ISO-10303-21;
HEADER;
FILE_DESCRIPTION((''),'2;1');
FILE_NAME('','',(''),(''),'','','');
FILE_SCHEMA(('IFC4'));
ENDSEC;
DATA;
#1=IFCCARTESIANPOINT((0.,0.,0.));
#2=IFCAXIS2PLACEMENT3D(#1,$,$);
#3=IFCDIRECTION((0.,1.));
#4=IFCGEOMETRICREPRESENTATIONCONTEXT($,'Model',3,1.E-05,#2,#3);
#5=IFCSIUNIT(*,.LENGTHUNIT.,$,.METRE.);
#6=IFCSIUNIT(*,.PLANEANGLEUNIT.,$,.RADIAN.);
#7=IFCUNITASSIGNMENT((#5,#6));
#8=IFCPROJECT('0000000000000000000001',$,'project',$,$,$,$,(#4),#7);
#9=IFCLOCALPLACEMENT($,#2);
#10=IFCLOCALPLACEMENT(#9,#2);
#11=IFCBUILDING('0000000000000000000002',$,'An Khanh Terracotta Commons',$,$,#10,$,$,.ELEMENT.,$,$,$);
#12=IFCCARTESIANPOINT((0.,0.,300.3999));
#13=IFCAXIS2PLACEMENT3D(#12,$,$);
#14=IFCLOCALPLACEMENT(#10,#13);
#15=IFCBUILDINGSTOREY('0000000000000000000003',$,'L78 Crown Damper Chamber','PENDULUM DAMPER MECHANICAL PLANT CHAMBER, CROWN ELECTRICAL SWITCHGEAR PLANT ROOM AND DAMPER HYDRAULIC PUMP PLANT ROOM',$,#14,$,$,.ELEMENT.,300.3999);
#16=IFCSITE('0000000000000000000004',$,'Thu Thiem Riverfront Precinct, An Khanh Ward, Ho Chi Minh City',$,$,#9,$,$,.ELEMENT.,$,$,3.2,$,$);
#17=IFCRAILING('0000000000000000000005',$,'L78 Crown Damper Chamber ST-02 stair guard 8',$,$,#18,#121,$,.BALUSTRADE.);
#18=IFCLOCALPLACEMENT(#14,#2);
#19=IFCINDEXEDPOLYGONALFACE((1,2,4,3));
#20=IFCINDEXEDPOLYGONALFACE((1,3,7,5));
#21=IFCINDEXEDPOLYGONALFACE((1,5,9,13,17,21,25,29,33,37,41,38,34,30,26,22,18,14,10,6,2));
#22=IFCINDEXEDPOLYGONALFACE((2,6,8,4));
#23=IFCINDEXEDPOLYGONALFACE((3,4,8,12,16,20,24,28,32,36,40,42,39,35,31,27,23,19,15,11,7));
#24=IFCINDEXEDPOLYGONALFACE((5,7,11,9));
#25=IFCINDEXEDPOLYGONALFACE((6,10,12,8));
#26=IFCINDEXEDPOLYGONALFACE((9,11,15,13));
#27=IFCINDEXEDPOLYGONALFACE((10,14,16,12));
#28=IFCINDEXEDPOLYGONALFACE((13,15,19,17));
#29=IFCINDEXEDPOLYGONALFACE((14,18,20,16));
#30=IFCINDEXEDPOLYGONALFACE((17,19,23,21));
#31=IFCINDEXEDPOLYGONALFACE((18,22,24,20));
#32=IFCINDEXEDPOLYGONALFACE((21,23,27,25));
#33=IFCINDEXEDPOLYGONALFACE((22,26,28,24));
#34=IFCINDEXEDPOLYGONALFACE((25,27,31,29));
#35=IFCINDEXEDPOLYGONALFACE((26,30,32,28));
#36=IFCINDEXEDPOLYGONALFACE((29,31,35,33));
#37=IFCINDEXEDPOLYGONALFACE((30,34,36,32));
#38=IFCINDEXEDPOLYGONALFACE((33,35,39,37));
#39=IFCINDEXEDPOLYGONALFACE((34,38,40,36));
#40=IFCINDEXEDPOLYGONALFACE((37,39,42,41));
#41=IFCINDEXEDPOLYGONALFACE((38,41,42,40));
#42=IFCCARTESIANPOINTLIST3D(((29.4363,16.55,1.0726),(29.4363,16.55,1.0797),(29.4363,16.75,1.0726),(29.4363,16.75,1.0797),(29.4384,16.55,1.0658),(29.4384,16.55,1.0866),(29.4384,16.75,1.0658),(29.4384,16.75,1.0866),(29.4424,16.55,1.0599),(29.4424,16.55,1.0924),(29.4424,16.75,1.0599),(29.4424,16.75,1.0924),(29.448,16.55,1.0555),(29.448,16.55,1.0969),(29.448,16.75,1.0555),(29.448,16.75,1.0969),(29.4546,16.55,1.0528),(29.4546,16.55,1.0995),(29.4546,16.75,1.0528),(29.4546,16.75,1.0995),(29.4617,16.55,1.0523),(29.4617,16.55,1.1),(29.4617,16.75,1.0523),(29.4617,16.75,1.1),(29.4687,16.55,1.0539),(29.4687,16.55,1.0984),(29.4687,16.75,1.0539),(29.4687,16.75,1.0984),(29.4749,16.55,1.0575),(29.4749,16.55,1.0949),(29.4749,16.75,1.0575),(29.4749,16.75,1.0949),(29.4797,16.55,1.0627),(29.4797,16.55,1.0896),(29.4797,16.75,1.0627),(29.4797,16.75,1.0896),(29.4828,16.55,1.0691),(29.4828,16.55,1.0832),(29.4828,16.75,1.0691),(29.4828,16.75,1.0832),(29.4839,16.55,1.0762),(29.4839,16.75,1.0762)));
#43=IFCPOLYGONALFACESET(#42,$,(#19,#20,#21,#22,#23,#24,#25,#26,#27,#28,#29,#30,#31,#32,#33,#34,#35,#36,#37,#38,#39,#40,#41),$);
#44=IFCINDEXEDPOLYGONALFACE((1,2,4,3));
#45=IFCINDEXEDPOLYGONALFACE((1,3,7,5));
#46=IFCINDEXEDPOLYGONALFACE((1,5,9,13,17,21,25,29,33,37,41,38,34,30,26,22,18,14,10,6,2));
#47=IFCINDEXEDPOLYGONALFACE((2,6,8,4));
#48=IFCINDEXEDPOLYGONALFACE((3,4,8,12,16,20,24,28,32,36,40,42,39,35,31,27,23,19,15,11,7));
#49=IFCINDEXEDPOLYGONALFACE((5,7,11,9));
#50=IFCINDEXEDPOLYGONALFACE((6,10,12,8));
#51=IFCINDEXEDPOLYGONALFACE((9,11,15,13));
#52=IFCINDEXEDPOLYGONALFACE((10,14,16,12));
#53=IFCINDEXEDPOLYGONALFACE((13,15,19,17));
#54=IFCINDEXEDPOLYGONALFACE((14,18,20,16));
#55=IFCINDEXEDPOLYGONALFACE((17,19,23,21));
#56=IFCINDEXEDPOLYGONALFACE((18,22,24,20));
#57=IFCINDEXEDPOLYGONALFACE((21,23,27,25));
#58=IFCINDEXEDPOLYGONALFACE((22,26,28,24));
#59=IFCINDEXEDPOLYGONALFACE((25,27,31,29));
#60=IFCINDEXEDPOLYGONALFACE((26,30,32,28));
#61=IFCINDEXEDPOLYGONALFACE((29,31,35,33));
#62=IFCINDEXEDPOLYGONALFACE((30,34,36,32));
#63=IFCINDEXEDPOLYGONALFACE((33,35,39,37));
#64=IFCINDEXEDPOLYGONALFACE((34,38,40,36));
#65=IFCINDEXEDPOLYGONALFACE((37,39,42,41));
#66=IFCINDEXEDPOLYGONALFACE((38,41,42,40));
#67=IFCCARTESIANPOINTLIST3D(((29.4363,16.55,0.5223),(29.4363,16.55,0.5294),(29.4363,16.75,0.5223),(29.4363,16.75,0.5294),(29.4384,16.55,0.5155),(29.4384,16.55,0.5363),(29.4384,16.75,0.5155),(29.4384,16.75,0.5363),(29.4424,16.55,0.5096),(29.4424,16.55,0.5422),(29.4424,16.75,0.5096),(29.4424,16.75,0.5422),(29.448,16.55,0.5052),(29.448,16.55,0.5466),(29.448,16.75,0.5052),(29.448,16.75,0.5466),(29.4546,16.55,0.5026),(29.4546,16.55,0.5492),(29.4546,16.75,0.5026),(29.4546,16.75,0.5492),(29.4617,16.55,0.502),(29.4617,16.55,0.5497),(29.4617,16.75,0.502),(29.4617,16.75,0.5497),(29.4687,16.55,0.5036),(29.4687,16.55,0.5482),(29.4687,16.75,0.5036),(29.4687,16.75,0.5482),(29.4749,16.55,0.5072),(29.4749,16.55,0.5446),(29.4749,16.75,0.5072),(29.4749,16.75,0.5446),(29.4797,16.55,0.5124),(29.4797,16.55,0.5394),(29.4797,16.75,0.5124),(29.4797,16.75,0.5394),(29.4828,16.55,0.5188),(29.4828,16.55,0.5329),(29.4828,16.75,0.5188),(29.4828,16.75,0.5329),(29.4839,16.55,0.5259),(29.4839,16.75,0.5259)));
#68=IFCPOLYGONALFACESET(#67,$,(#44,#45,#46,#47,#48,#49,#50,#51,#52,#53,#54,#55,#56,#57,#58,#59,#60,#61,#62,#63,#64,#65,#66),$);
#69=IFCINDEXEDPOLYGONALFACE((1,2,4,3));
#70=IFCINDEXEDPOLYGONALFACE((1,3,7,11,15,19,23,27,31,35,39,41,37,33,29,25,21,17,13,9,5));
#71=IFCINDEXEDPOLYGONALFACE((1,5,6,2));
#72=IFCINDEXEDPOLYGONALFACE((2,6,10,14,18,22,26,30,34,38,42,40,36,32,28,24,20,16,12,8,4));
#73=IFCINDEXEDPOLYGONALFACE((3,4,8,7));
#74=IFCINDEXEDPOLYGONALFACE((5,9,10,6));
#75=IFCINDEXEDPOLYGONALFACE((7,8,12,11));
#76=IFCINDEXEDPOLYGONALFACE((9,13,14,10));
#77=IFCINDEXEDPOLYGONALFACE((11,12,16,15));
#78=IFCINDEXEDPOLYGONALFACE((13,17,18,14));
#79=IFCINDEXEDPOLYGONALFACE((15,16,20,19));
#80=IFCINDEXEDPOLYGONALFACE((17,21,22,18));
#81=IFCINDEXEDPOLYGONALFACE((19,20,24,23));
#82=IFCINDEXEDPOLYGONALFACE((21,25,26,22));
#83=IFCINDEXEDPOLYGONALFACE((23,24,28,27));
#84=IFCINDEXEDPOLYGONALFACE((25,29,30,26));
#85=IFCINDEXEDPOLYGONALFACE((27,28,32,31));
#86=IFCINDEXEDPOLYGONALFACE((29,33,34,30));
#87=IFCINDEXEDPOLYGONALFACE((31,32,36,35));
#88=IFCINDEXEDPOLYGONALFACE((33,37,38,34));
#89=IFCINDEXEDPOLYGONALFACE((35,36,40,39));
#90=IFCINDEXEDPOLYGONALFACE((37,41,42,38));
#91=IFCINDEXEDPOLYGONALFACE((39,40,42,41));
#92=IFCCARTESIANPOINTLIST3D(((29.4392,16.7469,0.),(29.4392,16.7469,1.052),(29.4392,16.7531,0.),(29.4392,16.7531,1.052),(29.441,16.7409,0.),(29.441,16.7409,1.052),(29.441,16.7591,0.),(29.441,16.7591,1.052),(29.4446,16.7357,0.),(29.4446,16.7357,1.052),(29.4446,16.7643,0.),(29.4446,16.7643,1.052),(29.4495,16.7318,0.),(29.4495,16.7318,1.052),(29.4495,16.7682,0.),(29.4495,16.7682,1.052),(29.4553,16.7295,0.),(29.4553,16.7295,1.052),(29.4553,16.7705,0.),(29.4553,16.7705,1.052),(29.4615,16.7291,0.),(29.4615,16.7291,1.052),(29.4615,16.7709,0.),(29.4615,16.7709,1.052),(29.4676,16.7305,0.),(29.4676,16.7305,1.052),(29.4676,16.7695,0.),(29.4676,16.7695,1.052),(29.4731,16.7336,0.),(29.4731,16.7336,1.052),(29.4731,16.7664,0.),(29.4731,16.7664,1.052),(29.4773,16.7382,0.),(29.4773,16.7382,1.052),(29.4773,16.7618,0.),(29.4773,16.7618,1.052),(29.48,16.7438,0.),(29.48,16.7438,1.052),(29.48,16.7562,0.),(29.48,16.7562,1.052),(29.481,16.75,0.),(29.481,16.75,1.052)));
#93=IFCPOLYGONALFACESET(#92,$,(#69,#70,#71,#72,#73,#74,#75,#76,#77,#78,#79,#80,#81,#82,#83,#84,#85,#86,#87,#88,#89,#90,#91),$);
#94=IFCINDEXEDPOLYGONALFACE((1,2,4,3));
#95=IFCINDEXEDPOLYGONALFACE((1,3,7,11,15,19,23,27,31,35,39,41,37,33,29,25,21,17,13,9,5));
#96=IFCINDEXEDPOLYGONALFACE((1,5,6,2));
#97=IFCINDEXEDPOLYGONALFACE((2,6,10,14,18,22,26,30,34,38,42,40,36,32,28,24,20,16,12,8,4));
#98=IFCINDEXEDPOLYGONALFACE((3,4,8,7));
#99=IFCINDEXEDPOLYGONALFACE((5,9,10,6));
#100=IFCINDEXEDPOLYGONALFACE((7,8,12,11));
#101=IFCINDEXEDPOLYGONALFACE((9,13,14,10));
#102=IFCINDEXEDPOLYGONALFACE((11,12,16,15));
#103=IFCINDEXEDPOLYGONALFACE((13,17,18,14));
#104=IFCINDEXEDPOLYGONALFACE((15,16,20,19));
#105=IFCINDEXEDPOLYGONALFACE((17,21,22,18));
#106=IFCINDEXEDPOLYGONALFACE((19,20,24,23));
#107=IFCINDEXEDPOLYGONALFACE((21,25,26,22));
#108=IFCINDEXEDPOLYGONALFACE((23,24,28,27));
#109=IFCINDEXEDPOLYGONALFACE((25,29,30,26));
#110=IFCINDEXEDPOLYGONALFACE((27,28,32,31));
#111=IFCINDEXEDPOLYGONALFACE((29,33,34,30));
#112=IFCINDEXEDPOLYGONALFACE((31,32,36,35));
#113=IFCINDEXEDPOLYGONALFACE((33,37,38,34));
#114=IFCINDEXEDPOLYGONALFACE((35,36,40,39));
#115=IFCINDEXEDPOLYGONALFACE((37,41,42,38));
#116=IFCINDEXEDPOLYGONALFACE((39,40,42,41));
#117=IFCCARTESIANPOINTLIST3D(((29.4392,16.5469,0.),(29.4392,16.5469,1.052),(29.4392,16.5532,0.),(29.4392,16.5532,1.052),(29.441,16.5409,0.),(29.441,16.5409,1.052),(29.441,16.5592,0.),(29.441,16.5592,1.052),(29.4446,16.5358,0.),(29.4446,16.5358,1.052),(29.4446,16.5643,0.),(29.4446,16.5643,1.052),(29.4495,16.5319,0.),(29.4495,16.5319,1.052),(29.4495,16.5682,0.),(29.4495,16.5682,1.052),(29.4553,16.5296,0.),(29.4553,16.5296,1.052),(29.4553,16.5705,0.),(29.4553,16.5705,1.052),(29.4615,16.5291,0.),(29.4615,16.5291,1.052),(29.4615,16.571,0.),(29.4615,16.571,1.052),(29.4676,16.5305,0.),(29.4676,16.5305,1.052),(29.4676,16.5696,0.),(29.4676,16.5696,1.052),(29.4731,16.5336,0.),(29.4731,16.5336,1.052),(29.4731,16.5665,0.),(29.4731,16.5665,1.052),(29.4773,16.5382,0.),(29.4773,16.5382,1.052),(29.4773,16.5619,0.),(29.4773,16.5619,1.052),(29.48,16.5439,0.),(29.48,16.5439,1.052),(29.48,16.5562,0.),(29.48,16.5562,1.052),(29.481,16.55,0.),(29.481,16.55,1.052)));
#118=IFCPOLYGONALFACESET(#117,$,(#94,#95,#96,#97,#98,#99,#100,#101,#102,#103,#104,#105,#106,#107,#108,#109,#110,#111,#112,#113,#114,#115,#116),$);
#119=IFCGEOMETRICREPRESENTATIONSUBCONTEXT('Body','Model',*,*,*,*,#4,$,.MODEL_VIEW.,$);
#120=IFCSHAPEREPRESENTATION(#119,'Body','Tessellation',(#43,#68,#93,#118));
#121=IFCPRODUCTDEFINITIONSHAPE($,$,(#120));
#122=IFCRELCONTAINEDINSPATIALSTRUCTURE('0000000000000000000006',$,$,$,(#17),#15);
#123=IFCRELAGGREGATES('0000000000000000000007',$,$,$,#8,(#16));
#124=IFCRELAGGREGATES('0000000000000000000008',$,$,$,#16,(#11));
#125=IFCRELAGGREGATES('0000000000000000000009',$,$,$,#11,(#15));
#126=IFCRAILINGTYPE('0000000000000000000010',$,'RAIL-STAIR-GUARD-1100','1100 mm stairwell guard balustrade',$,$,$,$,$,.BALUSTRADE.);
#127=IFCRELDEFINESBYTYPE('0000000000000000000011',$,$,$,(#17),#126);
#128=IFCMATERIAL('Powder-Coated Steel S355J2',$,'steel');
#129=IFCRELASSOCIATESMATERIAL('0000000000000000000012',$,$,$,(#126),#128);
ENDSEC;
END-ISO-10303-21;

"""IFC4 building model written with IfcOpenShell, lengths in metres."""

from ifc_helpers import new_model, si_unit, direction, frame, origin, origin_2d, place, context, subcontext, project, spatial, circle, extrude, material, type_object, element, save


model = new_model("IFC4")

# Units and contexts
model_context = context("Model", 3, precision=1e-05, world=origin(), true_north=direction((0.0, 1.0)))
body_context = subcontext(model_context, "Body", "Model", "MODEL_VIEW")
ifc_project = project(units=[si_unit("LENGTHUNIT", "METRE"), si_unit("PLANEANGLEUNIT", "RADIAN")], contexts=[model_context])

# Site, building, storey
site_placement = place(None, origin())
site = spatial("IfcSite", under=ifc_project, at=site_placement, Name="Thu Thiem Riverfront Precinct, An Khanh Ward, Ho Chi Minh City", CompositionType="ELEMENT", RefElevation=3.2)
building_placement = place(site_placement, origin())
building = spatial("IfcBuilding", under=site, at=building_placement, Name="An Khanh Terracotta Commons", CompositionType="ELEMENT")
storey_placement = place(building_placement, frame((0.0, 0.0, 300.3999)))
storey = spatial("IfcBuildingStorey", under=building, at=storey_placement, Name="L78 Crown Damper Chamber", Description="PENDULUM DAMPER MECHANICAL PLANT CHAMBER, CROWN ELECTRICAL SWITCHGEAR PLANT ROOM AND DAMPER HYDRAULIC PUMP PLANT ROOM", CompositionType="ELEMENT", Elevation=300.3999)

# Railing
ifc_material_1 = material(Name="Powder-Coated Steel S355J2", Category="steel")
railing_type_1 = type_object("IfcRailingType", Name="RAIL-STAIR-GUARD-1100", Description="1100 mm stairwell guard balustrade", PredefinedType="BALUSTRADE", material=ifc_material_1)
railing_1_placement = place(storey_placement, frame((29.46, 16.75, 0.0)))
element("IfcRailing", 1, at=railing_1_placement, inside=storey, type_object=railing_type_1, Name="L78 Crown Damper Chamber ST-02 stair guard 8", PredefinedType="BALUSTRADE", context=body_context, shape_type="SweptSolid", body=[
    extrude(circle(Radius=0.0239, at=origin_2d()), frame((0.0, 0.0, 1.0762), z_axis=(0.0, -1.0, 0.0), x_axis=(1.0, 0.0, 0.0)), (0.0, 0.0, 1.0), 0.2),
    extrude(circle(Radius=0.0239, at=origin_2d()), frame((0.0, 0.0, 0.5259), z_axis=(0.0, -1.0, 0.0), x_axis=(1.0, 0.0, 0.0)), (0.0, 0.0, 1.0), 0.2),
    extrude(circle(Radius=0.021, at=origin_2d()), origin(), (0.0, 0.0, 1.0), 1.052),
    extrude(circle(Radius=0.021, at=origin_2d()), frame((0.0, -0.2, 0.0)), (0.0, 0.0, 1.0), 1.052),
])

save(model, "model.ifc")
